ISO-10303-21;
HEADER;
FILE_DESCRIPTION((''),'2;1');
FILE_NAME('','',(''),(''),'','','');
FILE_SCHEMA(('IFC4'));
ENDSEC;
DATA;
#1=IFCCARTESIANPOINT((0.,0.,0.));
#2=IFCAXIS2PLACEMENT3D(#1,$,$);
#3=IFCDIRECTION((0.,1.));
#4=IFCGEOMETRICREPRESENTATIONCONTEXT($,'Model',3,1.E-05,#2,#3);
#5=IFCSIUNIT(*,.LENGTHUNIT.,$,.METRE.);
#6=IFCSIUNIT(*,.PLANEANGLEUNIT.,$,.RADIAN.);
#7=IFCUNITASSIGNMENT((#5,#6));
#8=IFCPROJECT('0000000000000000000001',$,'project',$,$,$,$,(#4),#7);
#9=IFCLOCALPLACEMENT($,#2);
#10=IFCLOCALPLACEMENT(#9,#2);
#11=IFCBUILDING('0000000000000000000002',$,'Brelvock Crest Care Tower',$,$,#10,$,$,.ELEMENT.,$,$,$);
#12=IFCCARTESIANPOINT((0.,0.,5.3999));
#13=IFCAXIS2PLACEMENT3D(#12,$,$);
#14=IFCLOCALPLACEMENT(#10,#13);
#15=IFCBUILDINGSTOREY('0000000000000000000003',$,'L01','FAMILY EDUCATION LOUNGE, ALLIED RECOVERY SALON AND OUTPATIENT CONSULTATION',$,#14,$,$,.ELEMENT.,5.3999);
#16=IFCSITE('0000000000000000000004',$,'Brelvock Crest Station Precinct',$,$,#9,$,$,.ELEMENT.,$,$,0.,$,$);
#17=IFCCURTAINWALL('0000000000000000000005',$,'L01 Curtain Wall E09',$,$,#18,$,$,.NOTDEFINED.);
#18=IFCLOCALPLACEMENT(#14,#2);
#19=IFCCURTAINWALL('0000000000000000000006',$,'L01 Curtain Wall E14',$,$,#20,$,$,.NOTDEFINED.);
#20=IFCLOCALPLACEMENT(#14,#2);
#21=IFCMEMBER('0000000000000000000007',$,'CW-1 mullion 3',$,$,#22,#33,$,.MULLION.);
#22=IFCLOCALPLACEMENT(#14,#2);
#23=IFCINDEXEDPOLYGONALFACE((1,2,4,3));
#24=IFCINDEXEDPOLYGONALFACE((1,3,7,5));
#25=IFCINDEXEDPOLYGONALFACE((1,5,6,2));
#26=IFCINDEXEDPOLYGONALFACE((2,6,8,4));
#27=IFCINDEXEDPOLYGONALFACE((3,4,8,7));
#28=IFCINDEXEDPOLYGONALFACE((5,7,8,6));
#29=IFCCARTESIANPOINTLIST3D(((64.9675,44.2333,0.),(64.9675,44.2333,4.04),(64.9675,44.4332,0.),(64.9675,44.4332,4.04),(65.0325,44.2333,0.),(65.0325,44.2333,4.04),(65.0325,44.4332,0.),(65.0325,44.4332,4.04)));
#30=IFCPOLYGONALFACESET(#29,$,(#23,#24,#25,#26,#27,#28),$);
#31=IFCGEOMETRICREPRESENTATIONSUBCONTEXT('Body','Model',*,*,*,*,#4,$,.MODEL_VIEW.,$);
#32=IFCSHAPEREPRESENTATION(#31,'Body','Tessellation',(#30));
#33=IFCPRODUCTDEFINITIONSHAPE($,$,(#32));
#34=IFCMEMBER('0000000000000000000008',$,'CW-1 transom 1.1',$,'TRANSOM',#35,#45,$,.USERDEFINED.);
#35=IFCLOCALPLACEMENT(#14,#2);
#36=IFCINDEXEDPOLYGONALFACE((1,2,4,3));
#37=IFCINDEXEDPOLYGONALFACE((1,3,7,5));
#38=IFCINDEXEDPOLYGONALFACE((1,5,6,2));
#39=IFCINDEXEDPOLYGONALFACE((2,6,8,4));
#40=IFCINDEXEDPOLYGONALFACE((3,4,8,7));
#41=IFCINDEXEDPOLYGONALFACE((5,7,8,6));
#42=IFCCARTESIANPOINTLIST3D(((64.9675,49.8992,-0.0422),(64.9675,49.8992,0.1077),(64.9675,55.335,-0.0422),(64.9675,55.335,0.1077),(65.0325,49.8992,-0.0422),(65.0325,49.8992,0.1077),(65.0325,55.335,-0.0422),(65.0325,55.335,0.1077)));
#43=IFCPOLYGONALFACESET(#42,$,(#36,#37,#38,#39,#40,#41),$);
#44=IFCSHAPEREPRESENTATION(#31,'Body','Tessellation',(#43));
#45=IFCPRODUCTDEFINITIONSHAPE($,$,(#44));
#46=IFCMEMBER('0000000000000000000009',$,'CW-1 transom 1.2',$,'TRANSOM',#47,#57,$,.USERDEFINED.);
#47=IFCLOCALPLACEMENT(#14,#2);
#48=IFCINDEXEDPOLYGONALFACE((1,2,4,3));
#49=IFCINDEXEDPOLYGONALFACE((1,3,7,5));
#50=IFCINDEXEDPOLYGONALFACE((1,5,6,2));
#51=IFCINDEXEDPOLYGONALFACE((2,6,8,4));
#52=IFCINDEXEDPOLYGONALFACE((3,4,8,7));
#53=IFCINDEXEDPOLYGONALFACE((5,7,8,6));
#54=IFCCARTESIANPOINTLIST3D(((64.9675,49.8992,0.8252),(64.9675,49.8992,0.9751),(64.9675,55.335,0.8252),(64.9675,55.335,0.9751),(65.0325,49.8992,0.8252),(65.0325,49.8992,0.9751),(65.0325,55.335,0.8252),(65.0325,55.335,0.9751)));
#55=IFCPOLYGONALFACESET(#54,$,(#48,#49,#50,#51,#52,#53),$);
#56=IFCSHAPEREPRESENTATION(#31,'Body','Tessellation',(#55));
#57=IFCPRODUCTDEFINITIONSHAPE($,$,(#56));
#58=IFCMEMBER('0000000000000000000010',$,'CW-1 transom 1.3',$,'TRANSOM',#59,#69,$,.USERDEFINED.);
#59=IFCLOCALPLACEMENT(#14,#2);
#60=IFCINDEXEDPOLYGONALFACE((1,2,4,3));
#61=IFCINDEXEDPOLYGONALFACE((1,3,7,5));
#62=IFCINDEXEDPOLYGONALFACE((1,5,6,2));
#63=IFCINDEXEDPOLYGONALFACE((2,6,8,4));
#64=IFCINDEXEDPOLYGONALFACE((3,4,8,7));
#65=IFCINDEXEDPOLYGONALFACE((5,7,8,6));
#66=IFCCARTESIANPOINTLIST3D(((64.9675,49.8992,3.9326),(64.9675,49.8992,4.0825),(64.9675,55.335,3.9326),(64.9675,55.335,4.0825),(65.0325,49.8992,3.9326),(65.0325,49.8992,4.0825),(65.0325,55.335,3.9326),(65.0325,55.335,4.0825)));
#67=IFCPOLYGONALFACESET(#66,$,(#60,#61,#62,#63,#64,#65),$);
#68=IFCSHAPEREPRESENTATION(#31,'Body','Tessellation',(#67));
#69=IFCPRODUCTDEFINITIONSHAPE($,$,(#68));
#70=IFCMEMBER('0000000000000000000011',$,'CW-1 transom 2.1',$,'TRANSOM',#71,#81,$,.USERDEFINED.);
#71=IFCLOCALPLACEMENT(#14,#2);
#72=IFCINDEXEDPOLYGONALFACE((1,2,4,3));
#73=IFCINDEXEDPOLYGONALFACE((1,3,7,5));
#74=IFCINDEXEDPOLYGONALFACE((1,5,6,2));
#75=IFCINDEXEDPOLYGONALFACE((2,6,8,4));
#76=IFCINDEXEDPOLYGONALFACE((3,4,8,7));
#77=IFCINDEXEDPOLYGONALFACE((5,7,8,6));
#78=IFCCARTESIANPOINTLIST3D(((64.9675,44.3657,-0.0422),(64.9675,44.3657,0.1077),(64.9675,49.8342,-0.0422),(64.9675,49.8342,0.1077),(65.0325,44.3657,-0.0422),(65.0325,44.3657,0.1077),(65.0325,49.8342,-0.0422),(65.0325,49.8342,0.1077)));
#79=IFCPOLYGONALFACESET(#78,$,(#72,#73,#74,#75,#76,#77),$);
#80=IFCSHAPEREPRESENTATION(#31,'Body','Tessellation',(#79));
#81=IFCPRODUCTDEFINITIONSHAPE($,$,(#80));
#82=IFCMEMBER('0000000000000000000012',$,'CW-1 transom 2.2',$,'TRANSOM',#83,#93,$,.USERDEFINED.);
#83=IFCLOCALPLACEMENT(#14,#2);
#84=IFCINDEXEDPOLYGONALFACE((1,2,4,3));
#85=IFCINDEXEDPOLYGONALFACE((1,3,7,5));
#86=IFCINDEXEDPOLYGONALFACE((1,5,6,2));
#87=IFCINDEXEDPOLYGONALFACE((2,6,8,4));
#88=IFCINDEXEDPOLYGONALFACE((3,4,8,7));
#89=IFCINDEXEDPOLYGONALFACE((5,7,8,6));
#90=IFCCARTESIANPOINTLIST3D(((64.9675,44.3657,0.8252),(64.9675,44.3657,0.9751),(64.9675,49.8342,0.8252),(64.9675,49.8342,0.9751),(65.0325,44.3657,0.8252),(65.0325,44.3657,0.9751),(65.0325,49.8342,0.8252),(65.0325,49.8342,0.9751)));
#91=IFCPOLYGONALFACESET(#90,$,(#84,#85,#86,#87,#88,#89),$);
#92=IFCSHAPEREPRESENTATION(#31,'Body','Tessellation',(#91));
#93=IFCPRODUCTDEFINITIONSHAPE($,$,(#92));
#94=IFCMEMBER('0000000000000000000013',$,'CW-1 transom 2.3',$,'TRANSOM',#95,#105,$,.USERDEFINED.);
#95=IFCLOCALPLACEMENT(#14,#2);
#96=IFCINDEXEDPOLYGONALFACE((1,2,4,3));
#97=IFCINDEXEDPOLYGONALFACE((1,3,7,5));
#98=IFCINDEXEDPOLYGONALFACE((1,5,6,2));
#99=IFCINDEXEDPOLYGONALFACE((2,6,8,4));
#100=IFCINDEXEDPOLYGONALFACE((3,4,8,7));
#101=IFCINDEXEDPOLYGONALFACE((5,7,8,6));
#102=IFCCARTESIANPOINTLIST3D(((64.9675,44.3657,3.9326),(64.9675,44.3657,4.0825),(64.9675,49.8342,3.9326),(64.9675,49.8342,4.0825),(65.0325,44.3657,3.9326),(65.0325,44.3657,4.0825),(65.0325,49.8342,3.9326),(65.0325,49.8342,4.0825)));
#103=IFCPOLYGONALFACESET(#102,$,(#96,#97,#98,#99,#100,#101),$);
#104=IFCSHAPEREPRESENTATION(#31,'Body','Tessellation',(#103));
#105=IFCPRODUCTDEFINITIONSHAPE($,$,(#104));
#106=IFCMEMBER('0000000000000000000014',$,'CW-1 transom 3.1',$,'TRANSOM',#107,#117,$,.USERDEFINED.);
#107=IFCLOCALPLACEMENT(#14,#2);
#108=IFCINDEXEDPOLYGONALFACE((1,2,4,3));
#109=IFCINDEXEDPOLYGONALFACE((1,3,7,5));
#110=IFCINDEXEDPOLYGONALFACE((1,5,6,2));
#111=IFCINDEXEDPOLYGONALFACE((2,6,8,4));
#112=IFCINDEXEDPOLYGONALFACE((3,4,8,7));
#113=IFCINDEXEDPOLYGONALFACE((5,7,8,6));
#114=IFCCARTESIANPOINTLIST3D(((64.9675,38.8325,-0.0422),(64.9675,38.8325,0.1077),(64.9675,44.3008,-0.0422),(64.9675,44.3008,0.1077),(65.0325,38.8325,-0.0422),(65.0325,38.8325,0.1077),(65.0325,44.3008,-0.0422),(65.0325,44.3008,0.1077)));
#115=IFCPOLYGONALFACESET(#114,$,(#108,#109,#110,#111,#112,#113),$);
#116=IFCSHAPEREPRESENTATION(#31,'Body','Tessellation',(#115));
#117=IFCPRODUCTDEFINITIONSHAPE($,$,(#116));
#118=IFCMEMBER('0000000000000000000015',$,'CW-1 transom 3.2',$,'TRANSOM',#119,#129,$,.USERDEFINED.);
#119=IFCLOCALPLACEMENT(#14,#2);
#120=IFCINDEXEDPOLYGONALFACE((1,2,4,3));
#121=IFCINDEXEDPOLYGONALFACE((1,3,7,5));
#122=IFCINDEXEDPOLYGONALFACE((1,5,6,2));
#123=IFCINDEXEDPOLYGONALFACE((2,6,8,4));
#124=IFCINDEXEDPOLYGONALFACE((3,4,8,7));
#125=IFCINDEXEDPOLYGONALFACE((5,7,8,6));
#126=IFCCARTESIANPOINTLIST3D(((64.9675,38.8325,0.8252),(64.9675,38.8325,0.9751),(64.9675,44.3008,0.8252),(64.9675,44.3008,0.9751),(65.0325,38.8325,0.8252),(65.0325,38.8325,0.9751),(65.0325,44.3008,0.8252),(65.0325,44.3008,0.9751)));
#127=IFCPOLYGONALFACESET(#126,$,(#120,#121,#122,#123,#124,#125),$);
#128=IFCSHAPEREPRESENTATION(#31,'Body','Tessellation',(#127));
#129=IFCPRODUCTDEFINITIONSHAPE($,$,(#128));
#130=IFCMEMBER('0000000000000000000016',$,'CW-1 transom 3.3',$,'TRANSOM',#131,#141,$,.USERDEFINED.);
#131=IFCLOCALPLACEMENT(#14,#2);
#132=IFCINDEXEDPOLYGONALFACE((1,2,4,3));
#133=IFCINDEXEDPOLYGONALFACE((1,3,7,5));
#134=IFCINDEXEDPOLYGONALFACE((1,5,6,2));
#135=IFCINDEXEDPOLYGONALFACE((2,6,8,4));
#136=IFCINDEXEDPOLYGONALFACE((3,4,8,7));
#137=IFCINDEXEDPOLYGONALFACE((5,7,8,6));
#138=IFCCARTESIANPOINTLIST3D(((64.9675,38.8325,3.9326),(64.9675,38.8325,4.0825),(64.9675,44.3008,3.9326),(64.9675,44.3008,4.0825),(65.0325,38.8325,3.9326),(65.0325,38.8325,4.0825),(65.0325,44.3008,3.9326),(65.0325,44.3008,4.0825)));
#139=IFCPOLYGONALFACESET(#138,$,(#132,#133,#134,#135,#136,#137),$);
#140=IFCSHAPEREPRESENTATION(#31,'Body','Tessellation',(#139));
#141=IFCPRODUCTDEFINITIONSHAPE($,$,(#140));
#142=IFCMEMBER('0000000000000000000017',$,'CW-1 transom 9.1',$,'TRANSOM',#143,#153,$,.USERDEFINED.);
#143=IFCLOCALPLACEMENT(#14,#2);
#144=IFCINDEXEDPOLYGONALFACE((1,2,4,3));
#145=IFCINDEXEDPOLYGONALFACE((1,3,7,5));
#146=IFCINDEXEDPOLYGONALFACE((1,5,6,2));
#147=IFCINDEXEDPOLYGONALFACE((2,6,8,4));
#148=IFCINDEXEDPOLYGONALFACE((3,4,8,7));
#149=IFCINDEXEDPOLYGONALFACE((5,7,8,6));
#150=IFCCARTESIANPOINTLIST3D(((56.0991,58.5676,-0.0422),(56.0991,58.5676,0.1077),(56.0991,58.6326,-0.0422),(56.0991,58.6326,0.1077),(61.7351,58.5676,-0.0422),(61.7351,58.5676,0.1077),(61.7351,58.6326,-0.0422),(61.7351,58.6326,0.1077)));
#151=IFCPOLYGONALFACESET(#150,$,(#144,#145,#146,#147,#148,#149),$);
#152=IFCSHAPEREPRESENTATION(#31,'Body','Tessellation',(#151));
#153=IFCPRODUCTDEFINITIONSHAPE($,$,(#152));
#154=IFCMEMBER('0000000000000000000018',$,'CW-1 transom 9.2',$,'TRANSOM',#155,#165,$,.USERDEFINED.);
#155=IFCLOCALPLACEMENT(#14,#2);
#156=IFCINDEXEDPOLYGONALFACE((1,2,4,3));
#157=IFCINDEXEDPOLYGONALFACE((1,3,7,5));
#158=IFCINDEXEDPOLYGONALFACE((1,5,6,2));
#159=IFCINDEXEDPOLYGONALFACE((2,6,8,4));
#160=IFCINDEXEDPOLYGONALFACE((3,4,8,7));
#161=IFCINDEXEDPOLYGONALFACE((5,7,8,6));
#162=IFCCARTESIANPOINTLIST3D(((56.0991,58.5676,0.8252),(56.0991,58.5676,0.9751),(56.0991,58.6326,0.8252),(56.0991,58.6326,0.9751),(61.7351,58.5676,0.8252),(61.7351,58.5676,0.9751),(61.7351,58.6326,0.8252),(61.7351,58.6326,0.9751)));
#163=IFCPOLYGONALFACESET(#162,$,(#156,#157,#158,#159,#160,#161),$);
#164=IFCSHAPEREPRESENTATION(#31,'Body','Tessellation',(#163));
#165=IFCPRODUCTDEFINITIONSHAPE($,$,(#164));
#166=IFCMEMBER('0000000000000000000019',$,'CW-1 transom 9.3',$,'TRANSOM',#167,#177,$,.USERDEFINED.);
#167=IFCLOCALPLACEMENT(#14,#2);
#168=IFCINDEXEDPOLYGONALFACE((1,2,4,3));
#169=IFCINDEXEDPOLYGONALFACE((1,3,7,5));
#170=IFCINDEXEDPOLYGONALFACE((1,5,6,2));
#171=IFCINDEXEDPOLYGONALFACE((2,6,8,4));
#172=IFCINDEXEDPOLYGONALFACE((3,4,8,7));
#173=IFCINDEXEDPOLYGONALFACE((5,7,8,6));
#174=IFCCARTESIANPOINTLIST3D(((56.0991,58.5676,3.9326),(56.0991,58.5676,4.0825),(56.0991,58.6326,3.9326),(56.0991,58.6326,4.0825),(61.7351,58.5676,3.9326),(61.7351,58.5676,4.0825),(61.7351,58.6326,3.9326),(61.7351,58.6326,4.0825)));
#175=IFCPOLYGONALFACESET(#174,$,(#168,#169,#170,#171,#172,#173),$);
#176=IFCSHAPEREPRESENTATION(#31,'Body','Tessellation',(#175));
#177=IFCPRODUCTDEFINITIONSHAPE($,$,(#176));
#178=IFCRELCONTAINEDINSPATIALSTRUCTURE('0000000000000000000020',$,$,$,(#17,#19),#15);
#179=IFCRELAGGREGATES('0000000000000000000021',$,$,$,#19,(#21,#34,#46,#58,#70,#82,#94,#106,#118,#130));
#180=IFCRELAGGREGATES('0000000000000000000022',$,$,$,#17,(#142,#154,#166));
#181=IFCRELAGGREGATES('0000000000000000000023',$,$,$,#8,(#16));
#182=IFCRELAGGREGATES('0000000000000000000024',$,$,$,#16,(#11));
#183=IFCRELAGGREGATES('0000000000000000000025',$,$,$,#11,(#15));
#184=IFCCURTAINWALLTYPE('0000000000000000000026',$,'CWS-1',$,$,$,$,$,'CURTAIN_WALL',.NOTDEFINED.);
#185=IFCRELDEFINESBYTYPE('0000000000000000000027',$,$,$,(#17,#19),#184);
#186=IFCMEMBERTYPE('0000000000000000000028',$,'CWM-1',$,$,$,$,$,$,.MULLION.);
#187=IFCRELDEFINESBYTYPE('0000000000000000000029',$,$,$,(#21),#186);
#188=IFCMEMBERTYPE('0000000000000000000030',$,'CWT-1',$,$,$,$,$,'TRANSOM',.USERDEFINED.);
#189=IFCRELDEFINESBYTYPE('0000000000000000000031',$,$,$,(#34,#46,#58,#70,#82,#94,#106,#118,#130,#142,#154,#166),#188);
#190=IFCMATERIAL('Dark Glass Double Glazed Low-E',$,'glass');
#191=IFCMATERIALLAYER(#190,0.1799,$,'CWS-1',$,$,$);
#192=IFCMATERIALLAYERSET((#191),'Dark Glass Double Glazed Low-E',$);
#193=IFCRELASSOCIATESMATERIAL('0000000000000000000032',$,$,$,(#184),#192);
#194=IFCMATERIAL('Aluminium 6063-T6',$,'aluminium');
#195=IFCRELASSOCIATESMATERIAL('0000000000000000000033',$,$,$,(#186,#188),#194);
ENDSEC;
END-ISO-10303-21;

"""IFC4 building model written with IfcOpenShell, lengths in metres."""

from ifc_helpers import new_model, si_unit, direction, frame, origin, origin_2d, place, context, subcontext, project, spatial, rectangle, extrude, source, transform, mapped, material, layer, layer_set, material_profile, profile_set, type_object, element, aggregate, save


model = new_model("IFC4")

# Units and contexts
model_context = context("Model", 3, precision=1e-05, world=origin(), true_north=direction((0.0, 1.0)))
body_context = subcontext(model_context, "Body", "Model", "MODEL_VIEW")
ifc_project = project(units=[si_unit("LENGTHUNIT", "METRE"), si_unit("PLANEANGLEUNIT", "RADIAN")], contexts=[model_context])

# Site, building, storey
site_placement = place(None, origin())
site = spatial("IfcSite", under=ifc_project, at=site_placement, Name="Brelvock Crest Station Precinct", CompositionType="ELEMENT", RefElevation=0.0)
building_placement = place(site_placement, origin())
building = spatial("IfcBuilding", under=site, at=building_placement, Name="Brelvock Crest Care Tower", CompositionType="ELEMENT")
storey_placement = place(building_placement, frame((0.0, 0.0, 5.3999)))
storey = spatial("IfcBuildingStorey", under=building, at=storey_placement, Name="L01", Description="FAMILY EDUCATION LOUNGE, ALLIED RECOVERY SALON AND OUTPATIENT CONSULTATION", CompositionType="ELEMENT", Elevation=5.3999)

# Curtain walls, members
ifc_material_1 = material(Name="Dark Glass Double Glazed Low-E", Category="glass")
ifc_layer_1 = layer(ifc_material_1, 0.1799, Name="CWS-1")
ifc_layer_set_1 = layer_set([ifc_layer_1], Name="Dark Glass Double Glazed Low-E")
curtain_wall_type = type_object("IfcCurtainWallType", Name="CWS-1", ElementType="CURTAIN_WALL", PredefinedType="NOTDEFINED", material=ifc_layer_set_1)
curtain_wall_1_placement = place(storey_placement, origin())
curtain_wall_1 = element("IfcCurtainWall", 1, at=curtain_wall_1_placement, inside=storey, type_object=curtain_wall_type, Name="L01 Curtain Wall E09", PredefinedType="NOTDEFINED")
ifc_material_2 = material(Name="Aluminium 6063-T6", Category="aluminium")
ifc_material_profile_1 = material_profile(ifc_material_2, rectangle(XDim=0.0649, YDim=0.2, at=origin_2d()), Name="ALU65x200")
ifc_profile_set_1 = profile_set([ifc_material_profile_1], Name="Aluminium 6063-T6")
member_type_1 = type_object("IfcMemberType", Name="CWM-1", PredefinedType="MULLION", material=ifc_profile_set_1)
shared_shape_1 = source(origin(), body_context, "Body", "SweptSolid", [
    extrude(rectangle(XDim=0.0649, YDim=0.2, at=origin_2d()), origin(), (0.0, 0.0, 1.0), 4.04),
])
curtain_wall_2_placement = place(storey_placement, origin())
curtain_wall_2 = element("IfcCurtainWall", 2, at=curtain_wall_2_placement, inside=storey, type_object=curtain_wall_type, Name="L01 Curtain Wall E14", PredefinedType="NOTDEFINED")
member_1_placement = place(storey_placement, frame((65.0, 44.3333, 0.0), z_axis=(0.0, 0.0, 1.0), x_axis=(1.0, 0.0, 0.0)))
member_1 = element("IfcMember", 3, at=member_1_placement, type_object=member_type_1, Name="CW-1 mullion 3", PredefinedType="MULLION", context=body_context, shape_type="MappedRepresentation", body=[
    mapped(shared_shape_1, transform((0.0, 0.0, 0.0), x_axis=(1.0, 0.0, 0.0), y_axis=(0.0, 1.0, 0.0), z_axis=(0.0, 0.0, 1.0), scale=1.0)),
])
ifc_material_profile_2 = material_profile(ifc_material_2, rectangle(XDim=0.0649, YDim=0.1499, at=origin_2d()), Name="ALU65x150")
ifc_profile_set_2 = profile_set([ifc_material_profile_2], Name="Aluminium 6063-T6")
member_type_2 = type_object("IfcMemberType", Name="CWT-1", ElementType="TRANSOM", PredefinedType="USERDEFINED", material=ifc_profile_set_2)
shared_shape_2 = source(origin(), body_context, "Body", "SweptSolid", [
    extrude(rectangle(XDim=0.0649, YDim=0.1499, at=origin_2d()), origin(), (0.0, 0.0, 1.0), 5.4358),
])
member_2_placement = place(storey_placement, frame((65.0, 55.335, 0.0327), z_axis=(0.0, -1.0, 0.0), x_axis=(1.0, 0.0, 0.0)))
member_2 = element("IfcMember", 4, at=member_2_placement, type_object=member_type_2, Name="CW-1 transom 1.1", ObjectType="TRANSOM", PredefinedType="USERDEFINED", context=body_context, shape_type="MappedRepresentation", body=[
    mapped(shared_shape_2, transform((0.0, 0.0, 0.0), x_axis=(1.0, 0.0, 0.0), y_axis=(0.0, 1.0, 0.0), z_axis=(0.0, 0.0, 1.0), scale=1.0)),
])
member_3_placement = place(storey_placement, frame((65.0, 55.335, 0.9001), z_axis=(0.0, -1.0, 0.0), x_axis=(1.0, 0.0, 0.0)))
member_3 = element("IfcMember", 5, at=member_3_placement, type_object=member_type_2, Name="CW-1 transom 1.2", ObjectType="TRANSOM", PredefinedType="USERDEFINED", context=body_context, shape_type="MappedRepresentation", body=[
    mapped(shared_shape_2, transform((0.0, 0.0, 0.0), x_axis=(1.0, 0.0, 0.0), y_axis=(0.0, 1.0, 0.0), z_axis=(0.0, 0.0, 1.0), scale=1.0)),
])
member_4_placement = place(storey_placement, frame((65.0, 55.335, 4.0076), z_axis=(0.0, -1.0, 0.0), x_axis=(1.0, 0.0, 0.0)))
member_4 = element("IfcMember", 6, at=member_4_placement, type_object=member_type_2, Name="CW-1 transom 1.3", ObjectType="TRANSOM", PredefinedType="USERDEFINED", context=body_context, shape_type="MappedRepresentation", body=[
    mapped(shared_shape_2, transform((0.0, 0.0, 0.0), x_axis=(1.0, 0.0, 0.0), y_axis=(0.0, 1.0, 0.0), z_axis=(0.0, 0.0, 1.0), scale=1.0)),
])
shared_shape_3 = source(origin(), body_context, "Body", "SweptSolid", [
    extrude(rectangle(XDim=0.0649, YDim=0.1499, at=origin_2d()), origin(), (0.0, 0.0, 1.0), 5.4685),
])
member_5_placement = place(storey_placement, frame((65.0, 49.8342, 0.0327), z_axis=(0.0, -1.0, 0.0), x_axis=(1.0, 0.0, 0.0)))
member_5 = element("IfcMember", 7, at=member_5_placement, type_object=member_type_2, Name="CW-1 transom 2.1", ObjectType="TRANSOM", PredefinedType="USERDEFINED", context=body_context, shape_type="MappedRepresentation", body=[
    mapped(shared_shape_3, transform((0.0, 0.0, 0.0), x_axis=(1.0, 0.0, 0.0), y_axis=(0.0, 1.0, 0.0), z_axis=(0.0, 0.0, 1.0), scale=1.0)),
])
member_6_placement = place(storey_placement, frame((65.0, 49.8342, 0.9001), z_axis=(0.0, -1.0, 0.0), x_axis=(1.0, 0.0, 0.0)))
member_6 = element("IfcMember", 8, at=member_6_placement, type_object=member_type_2, Name="CW-1 transom 2.2", ObjectType="TRANSOM", PredefinedType="USERDEFINED", context=body_context, shape_type="MappedRepresentation", body=[
    mapped(shared_shape_3, transform((0.0, 0.0, 0.0), x_axis=(1.0, 0.0, 0.0), y_axis=(0.0, 1.0, 0.0), z_axis=(0.0, 0.0, 1.0), scale=1.0)),
])
member_7_placement = place(storey_placement, frame((65.0, 49.8342, 4.0076), z_axis=(0.0, -1.0, 0.0), x_axis=(1.0, 0.0, 0.0)))
member_7 = element("IfcMember", 9, at=member_7_placement, type_object=member_type_2, Name="CW-1 transom 2.3", ObjectType="TRANSOM", PredefinedType="USERDEFINED", context=body_context, shape_type="MappedRepresentation", body=[
    mapped(shared_shape_3, transform((0.0, 0.0, 0.0), x_axis=(1.0, 0.0, 0.0), y_axis=(0.0, 1.0, 0.0), z_axis=(0.0, 0.0, 1.0), scale=1.0)),
])
shared_shape_4 = source(origin(), body_context, "Body", "SweptSolid", [
    extrude(rectangle(XDim=0.0649, YDim=0.1499, at=origin_2d()), origin(), (0.0, 0.0, 1.0), 5.4683),
])
member_8_placement = place(storey_placement, frame((65.0, 44.3008, 0.0327), z_axis=(0.0, -1.0, 0.0), x_axis=(1.0, 0.0, 0.0)))
member_8 = element("IfcMember", 10, at=member_8_placement, type_object=member_type_2, Name="CW-1 transom 3.1", ObjectType="TRANSOM", PredefinedType="USERDEFINED", context=body_context, shape_type="MappedRepresentation", body=[
    mapped(shared_shape_4, transform((0.0, 0.0, 0.0), x_axis=(1.0, 0.0, 0.0), y_axis=(0.0, 1.0, 0.0), z_axis=(0.0, 0.0, 1.0), scale=1.0)),
])
member_9_placement = place(storey_placement, frame((65.0, 44.3008, 0.9001), z_axis=(0.0, -1.0, 0.0), x_axis=(1.0, 0.0, 0.0)))
member_9 = element("IfcMember", 11, at=member_9_placement, type_object=member_type_2, Name="CW-1 transom 3.2", ObjectType="TRANSOM", PredefinedType="USERDEFINED", context=body_context, shape_type="MappedRepresentation", body=[
    mapped(shared_shape_4, transform((0.0, 0.0, 0.0), x_axis=(1.0, 0.0, 0.0), y_axis=(0.0, 1.0, 0.0), z_axis=(0.0, 0.0, 1.0), scale=1.0)),
])
member_10_placement = place(storey_placement, frame((65.0, 44.3008, 4.0076), z_axis=(0.0, -1.0, 0.0), x_axis=(1.0, 0.0, 0.0)))
member_10 = element("IfcMember", 12, at=member_10_placement, type_object=member_type_2, Name="CW-1 transom 3.3", ObjectType="TRANSOM", PredefinedType="USERDEFINED", context=body_context, shape_type="MappedRepresentation", body=[
    mapped(shared_shape_4, transform((0.0, 0.0, 0.0), x_axis=(1.0, 0.0, 0.0), y_axis=(0.0, 1.0, 0.0), z_axis=(0.0, 0.0, 1.0), scale=1.0)),
])

# Members
shared_shape_5 = source(origin(), body_context, "Body", "SweptSolid", [
    extrude(rectangle(XDim=0.0649, YDim=0.1499, at=origin_2d()), origin(), (0.0, 0.0, 1.0), 5.636),
])
member_11_placement = place(storey_placement, frame((56.0991, 58.6001, 0.0327), z_axis=(1.0, 0.0, 0.0), x_axis=(0.0, 1.0, 0.0)))
member_11 = element("IfcMember", 13, at=member_11_placement, type_object=member_type_2, Name="CW-1 transom 9.1", ObjectType="TRANSOM", PredefinedType="USERDEFINED", context=body_context, shape_type="MappedRepresentation", body=[
    mapped(shared_shape_5, transform((0.0, 0.0, 0.0), x_axis=(1.0, 0.0, 0.0), y_axis=(0.0, 1.0, 0.0), z_axis=(0.0, 0.0, 1.0), scale=1.0)),
])
member_12_placement = place(storey_placement, frame((56.0991, 58.6001, 0.9001), z_axis=(1.0, 0.0, 0.0), x_axis=(0.0, 1.0, 0.0)))
member_12 = element("IfcMember", 14, at=member_12_placement, type_object=member_type_2, Name="CW-1 transom 9.2", ObjectType="TRANSOM", PredefinedType="USERDEFINED", context=body_context, shape_type="MappedRepresentation", body=[
    mapped(shared_shape_5, transform((0.0, 0.0, 0.0), x_axis=(1.0, 0.0, 0.0), y_axis=(0.0, 1.0, 0.0), z_axis=(0.0, 0.0, 1.0), scale=1.0)),
])
member_13_placement = place(storey_placement, frame((56.0991, 58.6001, 4.0076), z_axis=(1.0, 0.0, 0.0), x_axis=(0.0, 1.0, 0.0)))
member_13 = element("IfcMember", 15, at=member_13_placement, type_object=member_type_2, Name="CW-1 transom 9.3", ObjectType="TRANSOM", PredefinedType="USERDEFINED", context=body_context, shape_type="MappedRepresentation", body=[
    mapped(shared_shape_5, transform((0.0, 0.0, 0.0), x_axis=(1.0, 0.0, 0.0), y_axis=(0.0, 1.0, 0.0), z_axis=(0.0, 0.0, 1.0), scale=1.0)),
])

aggregate(curtain_wall_2, [member_1, member_2, member_3, member_4, member_5, member_6, member_7, member_8, member_9, member_10])
aggregate(curtain_wall_1, [member_11, member_12, member_13])

save(model, "model.ifc")
